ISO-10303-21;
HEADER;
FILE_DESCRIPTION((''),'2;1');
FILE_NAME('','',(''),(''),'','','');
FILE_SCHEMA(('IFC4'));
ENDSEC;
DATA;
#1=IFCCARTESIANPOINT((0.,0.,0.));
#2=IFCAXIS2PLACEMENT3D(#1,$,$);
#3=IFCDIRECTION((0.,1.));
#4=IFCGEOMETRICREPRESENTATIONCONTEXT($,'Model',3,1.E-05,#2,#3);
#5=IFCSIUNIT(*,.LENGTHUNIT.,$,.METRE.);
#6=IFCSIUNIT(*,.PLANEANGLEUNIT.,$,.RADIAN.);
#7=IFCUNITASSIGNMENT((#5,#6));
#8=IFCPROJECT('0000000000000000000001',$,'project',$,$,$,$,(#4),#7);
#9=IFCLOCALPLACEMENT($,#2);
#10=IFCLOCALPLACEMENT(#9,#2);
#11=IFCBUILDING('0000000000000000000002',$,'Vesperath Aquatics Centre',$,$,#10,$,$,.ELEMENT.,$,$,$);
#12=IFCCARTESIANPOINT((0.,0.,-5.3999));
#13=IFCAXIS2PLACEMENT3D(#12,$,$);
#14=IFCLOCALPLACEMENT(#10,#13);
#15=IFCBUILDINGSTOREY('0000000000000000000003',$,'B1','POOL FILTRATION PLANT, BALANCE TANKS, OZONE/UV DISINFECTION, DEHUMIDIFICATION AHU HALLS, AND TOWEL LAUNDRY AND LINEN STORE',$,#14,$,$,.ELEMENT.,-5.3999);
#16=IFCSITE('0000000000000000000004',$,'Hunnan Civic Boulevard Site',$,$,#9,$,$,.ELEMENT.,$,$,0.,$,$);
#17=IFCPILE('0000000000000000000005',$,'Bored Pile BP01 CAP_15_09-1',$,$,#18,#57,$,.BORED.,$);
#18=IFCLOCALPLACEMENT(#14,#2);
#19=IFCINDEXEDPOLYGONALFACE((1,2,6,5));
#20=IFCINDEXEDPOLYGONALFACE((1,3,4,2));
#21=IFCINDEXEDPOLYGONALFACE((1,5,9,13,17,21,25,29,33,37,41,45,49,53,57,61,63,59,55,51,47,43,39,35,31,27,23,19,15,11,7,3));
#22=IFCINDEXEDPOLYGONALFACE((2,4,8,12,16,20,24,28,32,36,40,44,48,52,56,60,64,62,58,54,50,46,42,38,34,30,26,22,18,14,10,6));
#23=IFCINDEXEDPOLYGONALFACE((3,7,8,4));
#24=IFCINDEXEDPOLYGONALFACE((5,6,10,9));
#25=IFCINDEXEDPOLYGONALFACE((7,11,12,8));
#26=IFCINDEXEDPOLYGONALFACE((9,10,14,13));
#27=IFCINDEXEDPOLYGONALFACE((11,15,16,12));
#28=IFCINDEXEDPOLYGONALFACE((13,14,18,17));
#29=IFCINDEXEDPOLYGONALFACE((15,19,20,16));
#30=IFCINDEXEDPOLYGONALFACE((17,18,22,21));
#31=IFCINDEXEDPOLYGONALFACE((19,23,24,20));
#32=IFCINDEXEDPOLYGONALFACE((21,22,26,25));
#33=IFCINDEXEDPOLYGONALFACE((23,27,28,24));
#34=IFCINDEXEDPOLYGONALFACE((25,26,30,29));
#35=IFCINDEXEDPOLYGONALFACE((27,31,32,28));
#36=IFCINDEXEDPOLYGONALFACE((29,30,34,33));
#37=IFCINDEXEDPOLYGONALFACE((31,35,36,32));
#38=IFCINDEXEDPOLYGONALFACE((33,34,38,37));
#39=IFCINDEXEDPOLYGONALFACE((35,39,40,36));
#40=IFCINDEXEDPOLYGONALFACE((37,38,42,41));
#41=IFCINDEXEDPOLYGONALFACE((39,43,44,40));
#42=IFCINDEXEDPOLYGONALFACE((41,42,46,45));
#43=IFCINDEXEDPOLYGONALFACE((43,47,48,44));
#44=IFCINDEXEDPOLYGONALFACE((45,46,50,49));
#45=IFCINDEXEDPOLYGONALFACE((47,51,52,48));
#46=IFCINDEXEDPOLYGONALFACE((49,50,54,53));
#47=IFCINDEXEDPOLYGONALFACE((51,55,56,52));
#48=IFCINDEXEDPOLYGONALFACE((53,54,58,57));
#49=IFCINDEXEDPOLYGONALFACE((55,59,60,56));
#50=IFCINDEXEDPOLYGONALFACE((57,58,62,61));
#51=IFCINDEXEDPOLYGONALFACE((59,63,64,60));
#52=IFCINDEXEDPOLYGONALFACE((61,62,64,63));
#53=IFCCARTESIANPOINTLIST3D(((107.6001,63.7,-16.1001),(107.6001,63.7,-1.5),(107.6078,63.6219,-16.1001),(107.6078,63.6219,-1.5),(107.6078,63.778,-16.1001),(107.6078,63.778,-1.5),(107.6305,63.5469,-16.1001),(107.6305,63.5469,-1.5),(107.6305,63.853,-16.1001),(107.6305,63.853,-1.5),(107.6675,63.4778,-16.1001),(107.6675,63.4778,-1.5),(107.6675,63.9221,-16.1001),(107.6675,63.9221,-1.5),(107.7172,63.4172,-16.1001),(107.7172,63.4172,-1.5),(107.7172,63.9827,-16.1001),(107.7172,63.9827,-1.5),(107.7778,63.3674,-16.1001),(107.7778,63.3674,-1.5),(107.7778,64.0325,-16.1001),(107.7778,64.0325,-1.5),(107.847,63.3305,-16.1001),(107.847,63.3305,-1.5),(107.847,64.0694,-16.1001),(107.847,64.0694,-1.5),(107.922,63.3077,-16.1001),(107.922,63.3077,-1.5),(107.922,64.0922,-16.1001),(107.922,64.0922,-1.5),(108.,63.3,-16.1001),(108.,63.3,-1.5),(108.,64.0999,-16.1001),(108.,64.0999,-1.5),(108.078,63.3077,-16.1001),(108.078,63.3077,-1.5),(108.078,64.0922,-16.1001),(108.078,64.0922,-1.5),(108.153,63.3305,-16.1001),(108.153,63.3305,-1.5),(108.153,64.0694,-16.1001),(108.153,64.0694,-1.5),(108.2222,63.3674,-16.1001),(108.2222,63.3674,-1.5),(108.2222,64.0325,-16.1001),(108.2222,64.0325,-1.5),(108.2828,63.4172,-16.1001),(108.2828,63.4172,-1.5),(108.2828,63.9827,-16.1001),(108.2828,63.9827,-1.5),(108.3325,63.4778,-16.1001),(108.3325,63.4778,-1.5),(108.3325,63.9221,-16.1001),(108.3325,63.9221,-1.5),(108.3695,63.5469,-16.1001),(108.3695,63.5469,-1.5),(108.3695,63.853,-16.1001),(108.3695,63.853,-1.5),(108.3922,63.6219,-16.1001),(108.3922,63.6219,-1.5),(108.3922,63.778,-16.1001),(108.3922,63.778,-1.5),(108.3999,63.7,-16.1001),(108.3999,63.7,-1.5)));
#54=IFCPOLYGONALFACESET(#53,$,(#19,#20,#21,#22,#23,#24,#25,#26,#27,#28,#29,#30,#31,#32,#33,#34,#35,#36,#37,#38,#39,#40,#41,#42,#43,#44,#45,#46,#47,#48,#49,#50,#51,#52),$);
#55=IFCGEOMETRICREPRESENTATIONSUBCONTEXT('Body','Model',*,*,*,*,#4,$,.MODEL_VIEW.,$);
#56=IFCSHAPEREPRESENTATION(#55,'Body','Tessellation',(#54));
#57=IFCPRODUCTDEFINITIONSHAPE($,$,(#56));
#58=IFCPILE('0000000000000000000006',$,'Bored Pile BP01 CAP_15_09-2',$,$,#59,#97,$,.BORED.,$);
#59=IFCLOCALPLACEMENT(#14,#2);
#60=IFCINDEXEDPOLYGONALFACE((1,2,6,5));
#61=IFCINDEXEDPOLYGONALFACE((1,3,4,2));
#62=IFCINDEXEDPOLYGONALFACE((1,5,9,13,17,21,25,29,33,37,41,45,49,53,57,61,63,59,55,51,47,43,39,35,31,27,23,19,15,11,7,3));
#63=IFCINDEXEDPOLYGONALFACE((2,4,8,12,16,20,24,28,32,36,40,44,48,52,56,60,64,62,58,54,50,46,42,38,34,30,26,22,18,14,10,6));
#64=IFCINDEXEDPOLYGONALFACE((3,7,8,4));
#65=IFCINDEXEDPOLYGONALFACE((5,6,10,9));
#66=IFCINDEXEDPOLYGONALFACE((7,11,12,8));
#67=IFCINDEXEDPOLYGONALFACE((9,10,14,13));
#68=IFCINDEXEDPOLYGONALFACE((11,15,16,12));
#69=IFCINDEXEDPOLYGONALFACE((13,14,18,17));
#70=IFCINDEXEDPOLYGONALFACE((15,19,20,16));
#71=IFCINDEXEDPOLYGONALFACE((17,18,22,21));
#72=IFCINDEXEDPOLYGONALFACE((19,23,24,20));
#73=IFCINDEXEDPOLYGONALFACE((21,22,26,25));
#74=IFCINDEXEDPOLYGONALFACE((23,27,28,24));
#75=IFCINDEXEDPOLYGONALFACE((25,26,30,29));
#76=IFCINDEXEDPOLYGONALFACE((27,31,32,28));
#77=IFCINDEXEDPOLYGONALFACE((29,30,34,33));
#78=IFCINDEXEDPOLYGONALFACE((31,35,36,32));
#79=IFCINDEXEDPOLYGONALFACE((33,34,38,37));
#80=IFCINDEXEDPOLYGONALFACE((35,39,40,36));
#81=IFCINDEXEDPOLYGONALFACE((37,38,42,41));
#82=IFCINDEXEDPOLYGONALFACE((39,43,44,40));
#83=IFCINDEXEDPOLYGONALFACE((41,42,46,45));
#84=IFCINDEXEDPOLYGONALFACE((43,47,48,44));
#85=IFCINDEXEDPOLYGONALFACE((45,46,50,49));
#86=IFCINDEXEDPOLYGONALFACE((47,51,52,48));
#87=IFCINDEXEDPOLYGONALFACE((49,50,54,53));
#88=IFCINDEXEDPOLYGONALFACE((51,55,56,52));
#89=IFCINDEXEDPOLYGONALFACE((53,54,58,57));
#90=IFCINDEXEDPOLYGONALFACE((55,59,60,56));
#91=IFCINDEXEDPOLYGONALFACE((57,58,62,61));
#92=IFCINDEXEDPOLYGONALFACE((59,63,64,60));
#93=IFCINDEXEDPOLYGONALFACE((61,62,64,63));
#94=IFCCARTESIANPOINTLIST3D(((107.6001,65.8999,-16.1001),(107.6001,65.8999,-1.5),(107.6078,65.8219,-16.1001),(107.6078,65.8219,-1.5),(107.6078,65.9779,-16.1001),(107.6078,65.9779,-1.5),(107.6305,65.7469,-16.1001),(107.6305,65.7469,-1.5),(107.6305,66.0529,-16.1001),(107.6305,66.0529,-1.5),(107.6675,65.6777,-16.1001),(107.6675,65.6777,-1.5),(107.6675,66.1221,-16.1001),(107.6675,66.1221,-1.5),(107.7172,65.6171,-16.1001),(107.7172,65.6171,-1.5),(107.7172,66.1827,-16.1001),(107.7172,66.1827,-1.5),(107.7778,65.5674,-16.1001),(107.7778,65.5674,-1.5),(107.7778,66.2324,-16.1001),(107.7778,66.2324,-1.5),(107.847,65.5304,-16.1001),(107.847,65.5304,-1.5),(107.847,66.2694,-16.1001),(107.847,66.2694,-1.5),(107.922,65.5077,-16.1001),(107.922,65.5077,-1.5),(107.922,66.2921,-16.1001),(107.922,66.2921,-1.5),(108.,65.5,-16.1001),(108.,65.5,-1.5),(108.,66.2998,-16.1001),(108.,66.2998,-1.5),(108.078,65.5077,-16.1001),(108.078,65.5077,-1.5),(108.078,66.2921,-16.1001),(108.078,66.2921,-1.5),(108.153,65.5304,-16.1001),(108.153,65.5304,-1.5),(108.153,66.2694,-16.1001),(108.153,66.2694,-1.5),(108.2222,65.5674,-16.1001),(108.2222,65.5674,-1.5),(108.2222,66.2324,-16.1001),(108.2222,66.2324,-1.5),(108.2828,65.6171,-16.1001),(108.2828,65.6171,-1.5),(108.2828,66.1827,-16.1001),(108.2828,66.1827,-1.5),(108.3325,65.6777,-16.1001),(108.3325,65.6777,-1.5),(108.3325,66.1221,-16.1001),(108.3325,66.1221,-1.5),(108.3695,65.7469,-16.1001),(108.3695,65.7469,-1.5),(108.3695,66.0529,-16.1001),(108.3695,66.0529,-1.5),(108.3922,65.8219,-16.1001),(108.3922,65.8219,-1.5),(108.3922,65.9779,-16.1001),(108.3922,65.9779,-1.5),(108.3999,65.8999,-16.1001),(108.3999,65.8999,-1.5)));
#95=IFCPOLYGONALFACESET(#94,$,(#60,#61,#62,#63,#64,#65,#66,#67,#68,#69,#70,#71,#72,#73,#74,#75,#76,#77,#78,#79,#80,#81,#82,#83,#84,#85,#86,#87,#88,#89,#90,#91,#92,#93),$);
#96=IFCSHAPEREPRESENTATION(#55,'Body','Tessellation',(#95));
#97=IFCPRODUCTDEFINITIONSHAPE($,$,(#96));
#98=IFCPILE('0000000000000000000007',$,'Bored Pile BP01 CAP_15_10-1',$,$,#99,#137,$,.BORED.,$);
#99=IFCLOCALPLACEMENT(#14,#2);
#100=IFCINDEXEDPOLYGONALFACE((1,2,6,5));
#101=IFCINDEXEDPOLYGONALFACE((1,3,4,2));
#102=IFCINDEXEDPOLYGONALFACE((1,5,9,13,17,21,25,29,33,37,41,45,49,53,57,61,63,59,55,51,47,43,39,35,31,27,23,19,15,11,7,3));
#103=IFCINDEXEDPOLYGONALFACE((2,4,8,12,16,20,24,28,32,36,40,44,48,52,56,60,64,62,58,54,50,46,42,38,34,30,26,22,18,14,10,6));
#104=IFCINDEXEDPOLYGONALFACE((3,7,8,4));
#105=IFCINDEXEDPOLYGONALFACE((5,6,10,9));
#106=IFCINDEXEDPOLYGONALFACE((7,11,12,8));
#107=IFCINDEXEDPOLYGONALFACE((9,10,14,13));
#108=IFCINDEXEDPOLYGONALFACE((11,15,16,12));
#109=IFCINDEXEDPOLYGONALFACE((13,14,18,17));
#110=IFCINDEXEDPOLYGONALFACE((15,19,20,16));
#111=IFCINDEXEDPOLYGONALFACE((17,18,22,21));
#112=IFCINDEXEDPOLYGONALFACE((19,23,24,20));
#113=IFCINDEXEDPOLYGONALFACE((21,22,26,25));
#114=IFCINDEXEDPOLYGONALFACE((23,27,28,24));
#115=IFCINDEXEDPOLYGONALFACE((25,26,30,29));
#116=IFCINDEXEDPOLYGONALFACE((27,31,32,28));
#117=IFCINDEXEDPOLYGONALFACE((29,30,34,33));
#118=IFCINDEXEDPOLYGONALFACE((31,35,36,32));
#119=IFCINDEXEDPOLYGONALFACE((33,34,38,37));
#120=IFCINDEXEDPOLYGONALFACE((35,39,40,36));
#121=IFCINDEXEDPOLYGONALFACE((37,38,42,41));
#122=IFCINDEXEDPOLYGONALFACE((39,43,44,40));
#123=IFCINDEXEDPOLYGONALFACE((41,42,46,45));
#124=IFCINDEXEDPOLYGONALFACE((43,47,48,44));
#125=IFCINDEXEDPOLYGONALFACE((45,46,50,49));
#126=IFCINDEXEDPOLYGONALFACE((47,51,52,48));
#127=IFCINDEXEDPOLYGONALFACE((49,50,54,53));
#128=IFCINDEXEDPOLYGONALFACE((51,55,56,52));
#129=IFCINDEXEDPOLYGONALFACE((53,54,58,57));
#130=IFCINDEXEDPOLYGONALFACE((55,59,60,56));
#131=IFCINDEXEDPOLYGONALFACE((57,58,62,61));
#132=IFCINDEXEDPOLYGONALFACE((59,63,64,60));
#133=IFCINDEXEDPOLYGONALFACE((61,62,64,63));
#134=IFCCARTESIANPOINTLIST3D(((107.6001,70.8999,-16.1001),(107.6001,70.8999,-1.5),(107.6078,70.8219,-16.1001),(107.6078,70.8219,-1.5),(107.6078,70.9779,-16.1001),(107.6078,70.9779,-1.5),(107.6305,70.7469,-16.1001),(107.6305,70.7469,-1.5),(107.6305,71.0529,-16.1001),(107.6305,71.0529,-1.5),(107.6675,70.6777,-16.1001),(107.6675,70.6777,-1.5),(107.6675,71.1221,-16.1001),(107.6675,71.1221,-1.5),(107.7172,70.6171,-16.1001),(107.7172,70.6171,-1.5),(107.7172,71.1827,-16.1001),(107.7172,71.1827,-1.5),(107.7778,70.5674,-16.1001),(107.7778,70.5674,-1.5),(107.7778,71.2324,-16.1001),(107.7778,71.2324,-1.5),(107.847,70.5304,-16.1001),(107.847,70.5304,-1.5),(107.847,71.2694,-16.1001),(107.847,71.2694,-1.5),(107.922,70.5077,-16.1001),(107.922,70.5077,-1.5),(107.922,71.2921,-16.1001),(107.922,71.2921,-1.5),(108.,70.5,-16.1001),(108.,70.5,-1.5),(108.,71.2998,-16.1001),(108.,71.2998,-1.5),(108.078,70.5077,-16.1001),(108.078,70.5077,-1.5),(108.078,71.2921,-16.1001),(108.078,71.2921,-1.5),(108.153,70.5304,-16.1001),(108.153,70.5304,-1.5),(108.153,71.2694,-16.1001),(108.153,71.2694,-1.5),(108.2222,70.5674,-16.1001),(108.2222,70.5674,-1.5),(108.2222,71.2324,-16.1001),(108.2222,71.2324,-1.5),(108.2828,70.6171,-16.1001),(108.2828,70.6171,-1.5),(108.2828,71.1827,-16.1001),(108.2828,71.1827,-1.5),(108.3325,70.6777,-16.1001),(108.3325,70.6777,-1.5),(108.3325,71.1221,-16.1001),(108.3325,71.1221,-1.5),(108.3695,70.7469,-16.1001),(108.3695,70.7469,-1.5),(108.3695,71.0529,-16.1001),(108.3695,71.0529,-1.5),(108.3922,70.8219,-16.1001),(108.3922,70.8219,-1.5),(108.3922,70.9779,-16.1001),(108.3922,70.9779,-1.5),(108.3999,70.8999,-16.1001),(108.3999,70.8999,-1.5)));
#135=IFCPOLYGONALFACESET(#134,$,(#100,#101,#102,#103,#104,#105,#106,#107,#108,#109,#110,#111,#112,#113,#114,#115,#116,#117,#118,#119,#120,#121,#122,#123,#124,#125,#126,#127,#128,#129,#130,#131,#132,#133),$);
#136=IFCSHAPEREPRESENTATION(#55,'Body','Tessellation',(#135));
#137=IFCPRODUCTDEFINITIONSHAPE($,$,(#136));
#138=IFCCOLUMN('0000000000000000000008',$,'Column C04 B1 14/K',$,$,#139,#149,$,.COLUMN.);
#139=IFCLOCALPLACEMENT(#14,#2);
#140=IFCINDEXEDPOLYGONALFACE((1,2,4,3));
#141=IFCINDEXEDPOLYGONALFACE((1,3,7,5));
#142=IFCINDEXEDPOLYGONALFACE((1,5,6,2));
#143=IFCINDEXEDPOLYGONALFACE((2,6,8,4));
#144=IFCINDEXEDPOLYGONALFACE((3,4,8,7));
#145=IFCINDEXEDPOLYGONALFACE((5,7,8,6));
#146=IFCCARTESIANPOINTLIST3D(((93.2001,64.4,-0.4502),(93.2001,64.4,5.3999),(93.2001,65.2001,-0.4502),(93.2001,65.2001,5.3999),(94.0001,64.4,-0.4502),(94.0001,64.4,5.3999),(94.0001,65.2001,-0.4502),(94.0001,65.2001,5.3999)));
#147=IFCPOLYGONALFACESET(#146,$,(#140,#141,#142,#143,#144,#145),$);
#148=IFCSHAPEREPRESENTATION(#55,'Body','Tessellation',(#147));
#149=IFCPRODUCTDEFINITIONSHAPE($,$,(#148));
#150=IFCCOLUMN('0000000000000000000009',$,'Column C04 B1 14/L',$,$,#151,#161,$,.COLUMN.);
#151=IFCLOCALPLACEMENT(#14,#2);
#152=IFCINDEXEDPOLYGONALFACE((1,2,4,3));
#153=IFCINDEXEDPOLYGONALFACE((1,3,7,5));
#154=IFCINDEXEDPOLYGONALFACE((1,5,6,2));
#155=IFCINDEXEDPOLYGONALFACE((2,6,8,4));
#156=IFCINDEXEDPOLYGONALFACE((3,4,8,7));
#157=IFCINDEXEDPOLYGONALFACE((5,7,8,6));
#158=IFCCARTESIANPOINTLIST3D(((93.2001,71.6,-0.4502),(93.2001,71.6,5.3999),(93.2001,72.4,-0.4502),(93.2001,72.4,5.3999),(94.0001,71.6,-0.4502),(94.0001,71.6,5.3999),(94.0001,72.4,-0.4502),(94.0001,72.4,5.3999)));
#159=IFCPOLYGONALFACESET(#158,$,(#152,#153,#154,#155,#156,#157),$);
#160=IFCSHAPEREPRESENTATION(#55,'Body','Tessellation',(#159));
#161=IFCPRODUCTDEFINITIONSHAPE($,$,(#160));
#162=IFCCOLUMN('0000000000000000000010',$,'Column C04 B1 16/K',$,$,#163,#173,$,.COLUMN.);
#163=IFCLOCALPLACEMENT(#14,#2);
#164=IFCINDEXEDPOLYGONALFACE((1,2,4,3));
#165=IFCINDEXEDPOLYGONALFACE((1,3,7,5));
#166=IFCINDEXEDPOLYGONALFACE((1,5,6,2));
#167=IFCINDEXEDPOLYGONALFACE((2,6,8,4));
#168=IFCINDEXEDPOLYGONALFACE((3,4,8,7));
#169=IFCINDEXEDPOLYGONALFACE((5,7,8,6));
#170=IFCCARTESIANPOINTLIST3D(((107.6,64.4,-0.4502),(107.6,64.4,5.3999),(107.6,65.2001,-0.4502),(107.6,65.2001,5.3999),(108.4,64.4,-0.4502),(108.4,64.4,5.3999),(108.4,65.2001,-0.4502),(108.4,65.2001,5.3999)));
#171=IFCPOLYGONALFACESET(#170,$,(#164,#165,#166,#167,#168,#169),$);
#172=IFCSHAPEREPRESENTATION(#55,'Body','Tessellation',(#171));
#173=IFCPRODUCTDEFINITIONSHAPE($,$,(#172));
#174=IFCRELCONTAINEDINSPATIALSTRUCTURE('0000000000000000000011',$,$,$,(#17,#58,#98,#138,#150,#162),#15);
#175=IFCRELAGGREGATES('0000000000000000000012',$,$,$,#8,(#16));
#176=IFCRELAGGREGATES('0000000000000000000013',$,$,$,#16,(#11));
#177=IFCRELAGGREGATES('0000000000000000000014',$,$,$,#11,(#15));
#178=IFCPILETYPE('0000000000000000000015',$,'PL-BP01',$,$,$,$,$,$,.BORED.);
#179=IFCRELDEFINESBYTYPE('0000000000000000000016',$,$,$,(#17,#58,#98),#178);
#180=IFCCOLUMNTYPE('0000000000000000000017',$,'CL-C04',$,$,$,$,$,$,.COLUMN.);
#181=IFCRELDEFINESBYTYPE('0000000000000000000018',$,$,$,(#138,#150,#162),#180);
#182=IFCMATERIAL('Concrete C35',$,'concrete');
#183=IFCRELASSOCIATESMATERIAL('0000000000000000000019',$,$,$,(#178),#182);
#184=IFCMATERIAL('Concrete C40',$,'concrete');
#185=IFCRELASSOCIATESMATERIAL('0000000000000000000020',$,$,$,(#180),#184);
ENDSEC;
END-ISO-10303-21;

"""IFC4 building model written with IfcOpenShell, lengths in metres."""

from ifc_helpers import new_model, si_unit, direction, frame, origin, origin_2d, place, context, subcontext, project, spatial, rectangle, circle, extrude, material, material_profile, profile_set, type_object, element, save


model = new_model("IFC4")

# Units and contexts
model_context = context("Model", 3, precision=1e-05, world=origin(), true_north=direction((0.0, 1.0)))
body_context = subcontext(model_context, "Body", "Model", "MODEL_VIEW")
ifc_project = project(units=[si_unit("LENGTHUNIT", "METRE"), si_unit("PLANEANGLEUNIT", "RADIAN")], contexts=[model_context])

# Site, building, storey
site_placement = place(None, origin())
site = spatial("IfcSite", under=ifc_project, at=site_placement, Name="Hunnan Civic Boulevard Site", CompositionType="ELEMENT", RefElevation=0.0)
building_placement = place(site_placement, origin())
building = spatial("IfcBuilding", under=site, at=building_placement, Name="Vesperath Aquatics Centre", CompositionType="ELEMENT")
storey_placement = place(building_placement, frame((0.0, 0.0, -5.3999)))
storey = spatial("IfcBuildingStorey", under=building, at=storey_placement, Name="B1", Description="POOL FILTRATION PLANT, BALANCE TANKS, OZONE/UV DISINFECTION, DEHUMIDIFICATION AHU HALLS, AND TOWEL LAUNDRY AND LINEN STORE", CompositionType="ELEMENT", Elevation=-5.3999)

# Shared definitions
ifc_material_1 = material(Name="Concrete C40", Category="concrete")

# Piles
ifc_material_2 = material(Name="Concrete C35", Category="concrete")
ifc_material_profile_1 = material_profile(ifc_material_2, circle(Radius=0.3999, at=origin_2d()), Name="PILE D800")
ifc_profile_set_1 = profile_set([ifc_material_profile_1], Name="Concrete C35")
pile_type = type_object("IfcPileType", Name="PL-BP01", PredefinedType="BORED", material=ifc_profile_set_1)
for number, where, z_axis, x_axis, name in (
    (1, (108.0, 63.7, -1.5), (0.0, 0.0, -1.0), (1.0, 0.0, 0.0), "Bored Pile BP01 CAP_15_09-1"),
    (2, (108.0, 65.8999, -1.5), (0.0, 0.0, -1.0), (1.0, 0.0, 0.0), "Bored Pile BP01 CAP_15_09-2"),
    (3, (108.0, 70.8999, -1.5), (0.0, 0.0, -1.0), (1.0, 0.0, 0.0), "Bored Pile BP01 CAP_15_10-1"),
):
    element("IfcPile", number, at=place(storey_placement, frame(where, z_axis=z_axis, x_axis=x_axis)), inside=storey, type_object=pile_type, Name=name, PredefinedType="BORED", context=body_context, shape_type="SweptSolid", body=[
        extrude(circle(Radius=0.3999, at=origin_2d()), origin(), (0.0, 0.0, 1.0), 14.6001),
    ])

# Columns
ifc_material_profile_2 = material_profile(ifc_material_1, rectangle(XDim=0.8, YDim=0.8, at=origin_2d()), Name="RC 800x800")
ifc_profile_set_2 = profile_set([ifc_material_profile_2], Name="Concrete C40")
column_type_1 = type_object("IfcColumnType", Name="CL-C04", PredefinedType="COLUMN", material=ifc_profile_set_2)
for number, where, z_axis, x_axis, name in (
    (4, (93.6001, 64.8, -0.4502), (0.0, 0.0, 1.0), (1.0, 0.0, 0.0), "Column C04 B1 14/K"),
    (5, (93.6001, 72.0, -0.4502), (0.0, 0.0, 1.0), (1.0, 0.0, 0.0), "Column C04 B1 14/L"),
    (6, (108.0, 64.8, -0.4502), (0.0, 0.0, 1.0), (1.0, 0.0, 0.0), "Column C04 B1 16/K"),
):
    element("IfcColumn", number, at=place(storey_placement, frame(where, z_axis=z_axis, x_axis=x_axis)), inside=storey, type_object=column_type_1, Name=name, PredefinedType="COLUMN", context=body_context, shape_type="SweptSolid", body=[
        extrude(rectangle(XDim=0.8, YDim=0.8, at=origin_2d()), origin(), (0.0, 0.0, 1.0), 5.8501),
    ])

save(model, "model.ifc")
